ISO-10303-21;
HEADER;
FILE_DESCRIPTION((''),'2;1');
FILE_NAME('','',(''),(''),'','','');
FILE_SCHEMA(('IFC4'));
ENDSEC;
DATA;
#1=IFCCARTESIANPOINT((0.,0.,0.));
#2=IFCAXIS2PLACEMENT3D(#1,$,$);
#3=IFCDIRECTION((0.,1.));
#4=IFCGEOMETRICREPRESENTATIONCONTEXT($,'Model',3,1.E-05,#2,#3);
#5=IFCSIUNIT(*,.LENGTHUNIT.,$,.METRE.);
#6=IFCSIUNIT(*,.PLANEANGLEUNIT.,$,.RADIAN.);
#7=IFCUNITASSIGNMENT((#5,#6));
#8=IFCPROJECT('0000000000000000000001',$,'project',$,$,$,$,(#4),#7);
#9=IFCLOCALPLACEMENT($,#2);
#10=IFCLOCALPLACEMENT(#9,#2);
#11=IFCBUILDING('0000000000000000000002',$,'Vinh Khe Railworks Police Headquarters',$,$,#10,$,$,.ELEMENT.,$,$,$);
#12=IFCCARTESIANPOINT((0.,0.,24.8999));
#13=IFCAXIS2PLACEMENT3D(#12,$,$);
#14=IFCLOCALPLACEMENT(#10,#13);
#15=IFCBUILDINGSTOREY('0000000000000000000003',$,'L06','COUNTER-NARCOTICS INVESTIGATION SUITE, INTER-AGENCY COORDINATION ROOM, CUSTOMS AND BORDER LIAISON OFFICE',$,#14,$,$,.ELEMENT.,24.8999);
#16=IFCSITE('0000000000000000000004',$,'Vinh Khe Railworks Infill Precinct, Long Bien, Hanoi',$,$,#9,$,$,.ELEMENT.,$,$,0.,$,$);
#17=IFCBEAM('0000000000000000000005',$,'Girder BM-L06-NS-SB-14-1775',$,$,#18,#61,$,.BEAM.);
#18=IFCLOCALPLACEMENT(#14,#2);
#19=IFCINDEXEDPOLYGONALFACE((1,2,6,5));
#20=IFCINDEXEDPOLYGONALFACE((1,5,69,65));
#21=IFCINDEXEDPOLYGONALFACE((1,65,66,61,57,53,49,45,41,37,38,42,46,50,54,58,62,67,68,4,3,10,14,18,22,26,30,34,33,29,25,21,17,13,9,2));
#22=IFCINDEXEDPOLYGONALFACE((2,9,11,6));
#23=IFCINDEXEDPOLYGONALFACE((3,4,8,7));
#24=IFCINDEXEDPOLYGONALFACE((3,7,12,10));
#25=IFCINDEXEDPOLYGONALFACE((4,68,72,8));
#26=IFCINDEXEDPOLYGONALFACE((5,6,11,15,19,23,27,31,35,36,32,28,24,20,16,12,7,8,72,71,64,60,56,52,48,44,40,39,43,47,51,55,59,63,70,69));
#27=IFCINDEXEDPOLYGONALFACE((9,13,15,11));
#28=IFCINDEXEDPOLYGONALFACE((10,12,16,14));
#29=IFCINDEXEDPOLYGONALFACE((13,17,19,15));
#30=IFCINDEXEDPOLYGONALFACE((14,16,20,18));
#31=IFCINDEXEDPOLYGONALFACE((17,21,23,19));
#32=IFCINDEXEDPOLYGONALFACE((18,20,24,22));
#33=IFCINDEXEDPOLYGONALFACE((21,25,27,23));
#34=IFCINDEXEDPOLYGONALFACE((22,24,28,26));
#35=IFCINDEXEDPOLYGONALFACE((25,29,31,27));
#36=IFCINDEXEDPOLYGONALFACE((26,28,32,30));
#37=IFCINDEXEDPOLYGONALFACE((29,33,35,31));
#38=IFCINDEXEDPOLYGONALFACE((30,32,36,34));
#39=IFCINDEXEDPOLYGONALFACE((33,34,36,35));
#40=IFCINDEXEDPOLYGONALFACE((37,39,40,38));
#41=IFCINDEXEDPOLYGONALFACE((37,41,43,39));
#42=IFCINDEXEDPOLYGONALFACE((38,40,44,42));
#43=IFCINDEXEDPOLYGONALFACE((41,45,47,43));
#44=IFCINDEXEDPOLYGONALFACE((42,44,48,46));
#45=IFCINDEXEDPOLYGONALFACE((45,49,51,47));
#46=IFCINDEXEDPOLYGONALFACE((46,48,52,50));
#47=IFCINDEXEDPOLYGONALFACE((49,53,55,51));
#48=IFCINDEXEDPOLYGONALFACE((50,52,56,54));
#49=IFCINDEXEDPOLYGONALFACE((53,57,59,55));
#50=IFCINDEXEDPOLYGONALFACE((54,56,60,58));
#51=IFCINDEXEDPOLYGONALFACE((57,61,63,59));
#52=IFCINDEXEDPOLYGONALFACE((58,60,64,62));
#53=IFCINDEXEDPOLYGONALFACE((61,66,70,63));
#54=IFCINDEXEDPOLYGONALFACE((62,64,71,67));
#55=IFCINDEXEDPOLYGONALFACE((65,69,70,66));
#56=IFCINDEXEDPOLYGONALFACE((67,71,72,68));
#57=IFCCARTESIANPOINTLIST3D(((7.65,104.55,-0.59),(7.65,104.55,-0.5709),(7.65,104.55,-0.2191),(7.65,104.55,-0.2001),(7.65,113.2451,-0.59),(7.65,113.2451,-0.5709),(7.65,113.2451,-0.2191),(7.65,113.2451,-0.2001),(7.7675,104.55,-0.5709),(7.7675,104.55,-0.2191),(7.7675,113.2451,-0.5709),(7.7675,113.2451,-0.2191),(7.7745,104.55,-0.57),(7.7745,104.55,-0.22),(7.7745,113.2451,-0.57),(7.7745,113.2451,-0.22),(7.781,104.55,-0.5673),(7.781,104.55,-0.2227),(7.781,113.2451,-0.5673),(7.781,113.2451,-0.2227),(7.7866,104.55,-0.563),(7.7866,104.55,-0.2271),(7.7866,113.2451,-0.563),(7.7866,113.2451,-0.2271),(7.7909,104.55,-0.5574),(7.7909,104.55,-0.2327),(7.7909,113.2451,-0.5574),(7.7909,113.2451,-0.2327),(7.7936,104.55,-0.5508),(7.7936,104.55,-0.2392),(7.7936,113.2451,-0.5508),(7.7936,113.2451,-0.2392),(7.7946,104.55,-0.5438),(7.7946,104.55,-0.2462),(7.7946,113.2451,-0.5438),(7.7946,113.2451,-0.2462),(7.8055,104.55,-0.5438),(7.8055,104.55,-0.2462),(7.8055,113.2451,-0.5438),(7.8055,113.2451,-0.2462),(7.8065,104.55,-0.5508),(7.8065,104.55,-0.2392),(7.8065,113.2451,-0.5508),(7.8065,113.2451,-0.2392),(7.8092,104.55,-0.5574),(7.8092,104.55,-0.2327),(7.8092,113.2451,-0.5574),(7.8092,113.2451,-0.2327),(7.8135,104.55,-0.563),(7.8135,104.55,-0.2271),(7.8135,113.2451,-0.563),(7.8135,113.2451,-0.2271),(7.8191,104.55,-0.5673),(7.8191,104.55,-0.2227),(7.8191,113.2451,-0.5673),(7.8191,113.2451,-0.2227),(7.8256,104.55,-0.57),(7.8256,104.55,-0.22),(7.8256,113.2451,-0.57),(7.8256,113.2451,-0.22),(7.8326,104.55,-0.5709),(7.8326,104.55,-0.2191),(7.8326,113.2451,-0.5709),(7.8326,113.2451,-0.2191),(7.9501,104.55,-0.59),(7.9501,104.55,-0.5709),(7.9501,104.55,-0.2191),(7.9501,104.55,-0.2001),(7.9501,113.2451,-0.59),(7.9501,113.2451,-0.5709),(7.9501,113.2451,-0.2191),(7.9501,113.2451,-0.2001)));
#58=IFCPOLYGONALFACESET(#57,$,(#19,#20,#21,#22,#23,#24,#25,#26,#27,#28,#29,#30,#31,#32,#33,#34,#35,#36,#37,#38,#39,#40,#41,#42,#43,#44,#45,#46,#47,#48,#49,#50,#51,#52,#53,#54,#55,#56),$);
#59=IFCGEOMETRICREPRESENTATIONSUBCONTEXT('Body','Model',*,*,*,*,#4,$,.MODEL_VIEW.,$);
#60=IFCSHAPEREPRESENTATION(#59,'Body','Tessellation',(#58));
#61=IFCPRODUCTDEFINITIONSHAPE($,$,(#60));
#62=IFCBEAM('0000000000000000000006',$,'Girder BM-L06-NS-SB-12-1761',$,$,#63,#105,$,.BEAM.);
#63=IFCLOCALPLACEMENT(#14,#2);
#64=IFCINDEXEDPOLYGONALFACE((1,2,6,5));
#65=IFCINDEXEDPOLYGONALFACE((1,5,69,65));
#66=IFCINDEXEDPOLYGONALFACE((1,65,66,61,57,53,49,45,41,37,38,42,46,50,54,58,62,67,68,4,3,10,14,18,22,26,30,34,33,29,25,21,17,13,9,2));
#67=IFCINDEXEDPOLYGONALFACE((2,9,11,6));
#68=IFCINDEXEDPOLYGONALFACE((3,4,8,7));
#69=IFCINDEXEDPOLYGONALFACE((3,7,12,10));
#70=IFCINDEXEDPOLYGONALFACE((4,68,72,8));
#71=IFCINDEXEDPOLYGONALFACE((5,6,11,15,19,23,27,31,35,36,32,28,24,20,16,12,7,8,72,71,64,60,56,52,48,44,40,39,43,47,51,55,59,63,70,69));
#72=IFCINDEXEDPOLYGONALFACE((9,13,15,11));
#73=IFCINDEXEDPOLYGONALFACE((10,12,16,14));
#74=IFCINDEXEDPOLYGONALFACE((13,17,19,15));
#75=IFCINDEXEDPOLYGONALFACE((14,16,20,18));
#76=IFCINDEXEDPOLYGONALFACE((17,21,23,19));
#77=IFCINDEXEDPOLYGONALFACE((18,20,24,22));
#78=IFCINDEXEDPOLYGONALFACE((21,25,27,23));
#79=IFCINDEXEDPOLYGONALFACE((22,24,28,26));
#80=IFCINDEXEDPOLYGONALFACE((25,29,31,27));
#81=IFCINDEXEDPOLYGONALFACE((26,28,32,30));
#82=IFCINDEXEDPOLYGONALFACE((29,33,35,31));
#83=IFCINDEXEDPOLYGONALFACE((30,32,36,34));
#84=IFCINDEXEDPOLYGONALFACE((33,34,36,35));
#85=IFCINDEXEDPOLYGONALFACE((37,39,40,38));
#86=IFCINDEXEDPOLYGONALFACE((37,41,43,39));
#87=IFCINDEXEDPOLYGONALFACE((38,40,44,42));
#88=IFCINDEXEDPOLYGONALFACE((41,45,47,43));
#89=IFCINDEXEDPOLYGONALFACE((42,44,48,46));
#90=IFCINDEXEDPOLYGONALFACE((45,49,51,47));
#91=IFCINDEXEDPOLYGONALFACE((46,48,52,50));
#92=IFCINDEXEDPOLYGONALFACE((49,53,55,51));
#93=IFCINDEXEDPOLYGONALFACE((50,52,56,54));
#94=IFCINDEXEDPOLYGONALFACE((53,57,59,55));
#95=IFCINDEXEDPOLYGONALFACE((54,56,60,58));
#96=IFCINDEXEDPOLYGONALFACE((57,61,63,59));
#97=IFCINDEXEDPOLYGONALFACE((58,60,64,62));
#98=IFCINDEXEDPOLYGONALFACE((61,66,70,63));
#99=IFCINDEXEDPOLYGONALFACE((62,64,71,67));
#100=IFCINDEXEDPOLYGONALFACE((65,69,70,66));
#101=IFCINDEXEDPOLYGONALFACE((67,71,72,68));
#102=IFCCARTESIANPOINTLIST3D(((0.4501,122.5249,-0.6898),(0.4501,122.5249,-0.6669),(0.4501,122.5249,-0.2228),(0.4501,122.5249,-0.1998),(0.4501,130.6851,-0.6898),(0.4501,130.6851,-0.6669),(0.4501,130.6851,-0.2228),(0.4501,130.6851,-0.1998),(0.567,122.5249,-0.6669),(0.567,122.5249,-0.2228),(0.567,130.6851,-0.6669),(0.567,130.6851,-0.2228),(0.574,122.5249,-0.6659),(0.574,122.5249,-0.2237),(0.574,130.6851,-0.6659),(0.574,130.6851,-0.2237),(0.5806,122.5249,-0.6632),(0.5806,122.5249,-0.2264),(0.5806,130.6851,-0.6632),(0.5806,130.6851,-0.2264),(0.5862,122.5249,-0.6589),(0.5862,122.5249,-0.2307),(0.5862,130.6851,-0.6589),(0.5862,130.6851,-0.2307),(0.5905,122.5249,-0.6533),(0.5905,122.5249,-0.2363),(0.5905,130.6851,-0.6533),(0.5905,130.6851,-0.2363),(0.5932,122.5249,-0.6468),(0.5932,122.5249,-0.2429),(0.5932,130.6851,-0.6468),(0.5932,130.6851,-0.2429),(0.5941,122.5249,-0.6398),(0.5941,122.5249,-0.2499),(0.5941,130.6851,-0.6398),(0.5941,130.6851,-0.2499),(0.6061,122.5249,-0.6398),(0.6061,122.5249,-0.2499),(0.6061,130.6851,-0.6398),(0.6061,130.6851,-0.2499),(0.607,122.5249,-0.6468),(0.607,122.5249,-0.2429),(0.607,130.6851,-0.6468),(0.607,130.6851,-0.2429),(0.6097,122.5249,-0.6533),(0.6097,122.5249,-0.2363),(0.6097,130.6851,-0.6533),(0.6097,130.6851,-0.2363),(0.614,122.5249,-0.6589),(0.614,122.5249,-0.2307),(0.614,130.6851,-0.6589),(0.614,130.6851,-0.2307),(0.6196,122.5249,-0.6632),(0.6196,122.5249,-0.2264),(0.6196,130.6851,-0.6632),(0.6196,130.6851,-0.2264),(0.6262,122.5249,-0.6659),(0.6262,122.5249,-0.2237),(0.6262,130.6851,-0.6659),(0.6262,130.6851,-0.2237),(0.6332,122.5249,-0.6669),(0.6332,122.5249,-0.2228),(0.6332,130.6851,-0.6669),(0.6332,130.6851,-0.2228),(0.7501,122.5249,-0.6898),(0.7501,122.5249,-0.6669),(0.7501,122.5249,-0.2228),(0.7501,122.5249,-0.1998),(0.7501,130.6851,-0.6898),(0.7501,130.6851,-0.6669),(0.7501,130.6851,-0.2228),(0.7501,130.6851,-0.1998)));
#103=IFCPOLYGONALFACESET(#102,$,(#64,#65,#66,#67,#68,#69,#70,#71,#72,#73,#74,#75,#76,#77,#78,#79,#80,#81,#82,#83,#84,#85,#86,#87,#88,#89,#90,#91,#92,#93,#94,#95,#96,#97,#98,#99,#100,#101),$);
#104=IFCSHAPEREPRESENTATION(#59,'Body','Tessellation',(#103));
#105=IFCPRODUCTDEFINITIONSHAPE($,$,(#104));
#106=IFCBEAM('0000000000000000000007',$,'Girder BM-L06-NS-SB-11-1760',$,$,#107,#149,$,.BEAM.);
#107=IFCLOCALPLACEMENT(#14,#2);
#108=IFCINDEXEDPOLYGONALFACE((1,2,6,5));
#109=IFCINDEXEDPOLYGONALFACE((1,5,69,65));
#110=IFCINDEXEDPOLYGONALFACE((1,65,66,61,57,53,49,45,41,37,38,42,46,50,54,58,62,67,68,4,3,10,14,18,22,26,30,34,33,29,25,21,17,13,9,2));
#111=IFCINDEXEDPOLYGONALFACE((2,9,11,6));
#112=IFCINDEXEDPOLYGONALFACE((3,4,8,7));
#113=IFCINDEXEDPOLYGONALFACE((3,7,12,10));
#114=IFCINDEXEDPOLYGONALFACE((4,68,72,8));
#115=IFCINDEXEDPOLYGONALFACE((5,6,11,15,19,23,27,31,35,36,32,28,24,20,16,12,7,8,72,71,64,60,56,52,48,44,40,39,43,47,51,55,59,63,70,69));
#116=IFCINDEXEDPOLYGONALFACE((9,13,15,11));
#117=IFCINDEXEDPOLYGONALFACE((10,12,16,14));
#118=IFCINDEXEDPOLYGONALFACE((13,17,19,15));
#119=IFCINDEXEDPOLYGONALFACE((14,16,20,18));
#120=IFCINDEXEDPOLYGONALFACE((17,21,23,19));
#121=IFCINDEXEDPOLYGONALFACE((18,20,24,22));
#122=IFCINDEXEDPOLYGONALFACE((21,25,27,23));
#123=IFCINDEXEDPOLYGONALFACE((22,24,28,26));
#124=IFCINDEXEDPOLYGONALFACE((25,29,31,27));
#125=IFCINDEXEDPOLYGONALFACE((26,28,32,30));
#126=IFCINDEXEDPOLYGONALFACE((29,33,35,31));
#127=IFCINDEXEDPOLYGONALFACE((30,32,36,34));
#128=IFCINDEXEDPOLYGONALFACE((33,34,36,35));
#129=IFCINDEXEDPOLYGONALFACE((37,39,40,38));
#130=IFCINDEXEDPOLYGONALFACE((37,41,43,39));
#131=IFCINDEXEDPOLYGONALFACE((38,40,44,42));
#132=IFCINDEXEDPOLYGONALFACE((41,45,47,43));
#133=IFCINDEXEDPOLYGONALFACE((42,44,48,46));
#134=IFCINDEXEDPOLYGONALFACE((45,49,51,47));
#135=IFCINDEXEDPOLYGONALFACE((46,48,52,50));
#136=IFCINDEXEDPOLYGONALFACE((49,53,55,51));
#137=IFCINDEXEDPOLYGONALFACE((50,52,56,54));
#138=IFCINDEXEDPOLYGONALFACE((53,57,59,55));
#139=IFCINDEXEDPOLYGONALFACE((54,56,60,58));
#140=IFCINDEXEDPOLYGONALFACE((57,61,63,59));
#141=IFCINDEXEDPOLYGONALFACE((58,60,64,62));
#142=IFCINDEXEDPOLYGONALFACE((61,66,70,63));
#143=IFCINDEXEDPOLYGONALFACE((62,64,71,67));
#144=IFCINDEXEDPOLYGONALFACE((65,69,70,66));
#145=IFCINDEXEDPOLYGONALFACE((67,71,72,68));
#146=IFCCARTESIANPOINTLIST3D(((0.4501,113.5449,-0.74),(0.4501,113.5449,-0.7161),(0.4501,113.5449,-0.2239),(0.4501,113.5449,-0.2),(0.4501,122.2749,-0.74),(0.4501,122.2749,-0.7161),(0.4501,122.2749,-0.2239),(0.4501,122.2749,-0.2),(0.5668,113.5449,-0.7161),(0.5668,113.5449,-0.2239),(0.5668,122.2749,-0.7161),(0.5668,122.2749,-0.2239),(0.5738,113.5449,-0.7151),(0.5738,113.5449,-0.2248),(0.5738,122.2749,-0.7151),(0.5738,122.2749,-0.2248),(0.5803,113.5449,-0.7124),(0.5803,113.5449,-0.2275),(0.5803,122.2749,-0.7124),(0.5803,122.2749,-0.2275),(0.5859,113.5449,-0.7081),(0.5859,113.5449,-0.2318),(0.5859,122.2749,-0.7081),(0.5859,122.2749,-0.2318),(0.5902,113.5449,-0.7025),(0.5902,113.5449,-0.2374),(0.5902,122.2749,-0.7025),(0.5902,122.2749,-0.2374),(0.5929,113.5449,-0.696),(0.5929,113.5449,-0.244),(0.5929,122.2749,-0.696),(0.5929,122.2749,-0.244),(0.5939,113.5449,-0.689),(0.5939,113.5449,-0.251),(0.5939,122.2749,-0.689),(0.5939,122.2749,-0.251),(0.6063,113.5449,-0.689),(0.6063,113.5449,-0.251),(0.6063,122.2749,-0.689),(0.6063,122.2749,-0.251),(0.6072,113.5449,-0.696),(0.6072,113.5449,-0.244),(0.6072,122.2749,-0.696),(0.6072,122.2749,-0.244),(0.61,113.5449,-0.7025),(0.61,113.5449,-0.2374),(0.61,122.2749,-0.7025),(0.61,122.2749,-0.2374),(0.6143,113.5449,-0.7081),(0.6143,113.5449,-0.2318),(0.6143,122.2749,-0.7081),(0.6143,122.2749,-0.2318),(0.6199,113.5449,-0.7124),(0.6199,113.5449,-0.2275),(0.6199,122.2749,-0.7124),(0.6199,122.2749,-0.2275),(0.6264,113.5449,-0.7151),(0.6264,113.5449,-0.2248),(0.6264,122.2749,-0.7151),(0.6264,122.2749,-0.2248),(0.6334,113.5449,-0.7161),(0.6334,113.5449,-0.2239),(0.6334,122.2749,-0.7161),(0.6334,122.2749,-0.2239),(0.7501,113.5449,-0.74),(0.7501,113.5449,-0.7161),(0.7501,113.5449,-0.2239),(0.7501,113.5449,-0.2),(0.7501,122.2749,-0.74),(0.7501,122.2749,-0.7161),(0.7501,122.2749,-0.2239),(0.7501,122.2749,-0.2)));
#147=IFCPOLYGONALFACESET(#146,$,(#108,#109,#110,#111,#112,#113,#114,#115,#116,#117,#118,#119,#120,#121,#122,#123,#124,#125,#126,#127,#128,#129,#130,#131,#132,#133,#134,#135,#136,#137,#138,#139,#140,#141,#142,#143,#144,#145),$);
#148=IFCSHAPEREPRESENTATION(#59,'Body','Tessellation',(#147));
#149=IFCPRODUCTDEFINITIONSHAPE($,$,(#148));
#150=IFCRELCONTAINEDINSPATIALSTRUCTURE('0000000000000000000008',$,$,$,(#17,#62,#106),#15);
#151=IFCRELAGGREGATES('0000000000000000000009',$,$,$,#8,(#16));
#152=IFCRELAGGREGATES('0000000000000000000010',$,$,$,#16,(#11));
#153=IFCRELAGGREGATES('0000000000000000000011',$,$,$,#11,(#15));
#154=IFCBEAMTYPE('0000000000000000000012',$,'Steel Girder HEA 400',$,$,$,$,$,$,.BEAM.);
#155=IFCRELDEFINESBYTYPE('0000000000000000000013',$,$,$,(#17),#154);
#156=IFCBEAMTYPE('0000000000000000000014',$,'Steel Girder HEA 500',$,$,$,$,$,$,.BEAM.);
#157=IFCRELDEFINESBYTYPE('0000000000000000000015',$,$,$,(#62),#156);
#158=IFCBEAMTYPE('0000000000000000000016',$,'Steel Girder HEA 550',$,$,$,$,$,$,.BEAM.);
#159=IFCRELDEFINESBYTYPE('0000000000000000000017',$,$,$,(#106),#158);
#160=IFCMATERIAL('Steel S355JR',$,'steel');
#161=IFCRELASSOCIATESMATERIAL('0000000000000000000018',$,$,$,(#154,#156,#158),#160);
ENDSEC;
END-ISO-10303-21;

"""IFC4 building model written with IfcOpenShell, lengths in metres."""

from ifc_helpers import new_model, si_unit, direction, frame, origin, origin_2d, place, context, subcontext, project, spatial, i_section, extrude, material, material_profile, profile_set, type_object, element, save


model = new_model("IFC4")

# Units and contexts
model_context = context("Model", 3, precision=1e-05, world=origin(), true_north=direction((0.0, 1.0)))
body_context = subcontext(model_context, "Body", "Model", "MODEL_VIEW")
ifc_project = project(units=[si_unit("LENGTHUNIT", "METRE"), si_unit("PLANEANGLEUNIT", "RADIAN")], contexts=[model_context])

# Site, building, storey
site_placement = place(None, origin())
site = spatial("IfcSite", under=ifc_project, at=site_placement, Name="Vinh Khe Railworks Infill Precinct, Long Bien, Hanoi", CompositionType="ELEMENT", RefElevation=0.0)
building_placement = place(site_placement, origin())
building = spatial("IfcBuilding", under=site, at=building_placement, Name="Vinh Khe Railworks Police Headquarters", CompositionType="ELEMENT")
storey_placement = place(building_placement, frame((0.0, 0.0, 24.8999)))
storey = spatial("IfcBuildingStorey", under=building, at=storey_placement, Name="L06", Description="COUNTER-NARCOTICS INVESTIGATION SUITE, INTER-AGENCY COORDINATION ROOM, CUSTOMS AND BORDER LIAISON OFFICE", CompositionType="ELEMENT", Elevation=24.8999)

# Shared definitions
ifc_material_1 = material(Name="Steel S355JR", Category="steel")

# Beams
ifc_material_profile_1 = material_profile(ifc_material_1, i_section(OverallWidth=0.3, OverallDepth=0.3899, WebThickness=0.011, FlangeThickness=0.019, FilletRadius=0.0271, at=origin_2d()), Name="HEA 400")
ifc_profile_set_1 = profile_set([ifc_material_profile_1], Name="Steel S355JR")
beam_type_1 = type_object("IfcBeamType", Name="Steel Girder HEA 400", PredefinedType="BEAM", material=ifc_profile_set_1)
beam_1_placement = place(storey_placement, frame((7.8, 104.55, -0.395), z_axis=(0.0, 1.0, 0.0), x_axis=(-1.0, 0.0, 0.0)))
element("IfcBeam", 1, at=beam_1_placement, inside=storey, type_object=beam_type_1, Name="Girder BM-L06-NS-SB-14-1775", PredefinedType="BEAM", context=body_context, shape_type="SweptSolid", body=[
    extrude(i_section(OverallWidth=0.3, OverallDepth=0.3899, WebThickness=0.011, FlangeThickness=0.019, FilletRadius=0.0271, at=origin_2d()), origin(), (0.0, 0.0, 1.0), 8.6951),
])
ifc_material_profile_2 = material_profile(ifc_material_1, i_section(OverallWidth=0.3, OverallDepth=0.49, WebThickness=0.012, FlangeThickness=0.0229, FilletRadius=0.0271, at=origin_2d()), Name="HEA 500")
ifc_profile_set_2 = profile_set([ifc_material_profile_2], Name="Steel S355JR")
beam_type_2 = type_object("IfcBeamType", Name="Steel Girder HEA 500", PredefinedType="BEAM", material=ifc_profile_set_2)
beam_2_placement = place(storey_placement, frame((0.6001, 122.5249, -0.4448), z_axis=(0.0, 1.0, 0.0), x_axis=(-1.0, 0.0, 0.0)))
element("IfcBeam", 2, at=beam_2_placement, inside=storey, type_object=beam_type_2, Name="Girder BM-L06-NS-SB-12-1761", PredefinedType="BEAM", context=body_context, shape_type="SweptSolid", body=[
    extrude(i_section(OverallWidth=0.3, OverallDepth=0.49, WebThickness=0.012, FlangeThickness=0.0229, FilletRadius=0.0271, at=origin_2d()), origin(), (0.0, 0.0, 1.0), 8.1602),
])
ifc_material_profile_3 = material_profile(ifc_material_1, i_section(OverallWidth=0.3, OverallDepth=0.54, WebThickness=0.0125, FlangeThickness=0.0239, FilletRadius=0.0271, at=origin_2d()), Name="HEA 550")
ifc_profile_set_3 = profile_set([ifc_material_profile_3], Name="Steel S355JR")
beam_type_3 = type_object("IfcBeamType", Name="Steel Girder HEA 550", PredefinedType="BEAM", material=ifc_profile_set_3)
beam_3_placement = place(storey_placement, frame((0.6001, 113.5449, -0.47), z_axis=(0.0, 1.0, 0.0), x_axis=(-1.0, 0.0, 0.0)))
element("IfcBeam", 3, at=beam_3_placement, inside=storey, type_object=beam_type_3, Name="Girder BM-L06-NS-SB-11-1760", PredefinedType="BEAM", context=body_context, shape_type="SweptSolid", body=[
    extrude(i_section(OverallWidth=0.3, OverallDepth=0.54, WebThickness=0.0125, FlangeThickness=0.0239, FilletRadius=0.0271, at=origin_2d()), origin(), (0.0, 0.0, 1.0), 8.73),
])

save(model, "model.ifc")
